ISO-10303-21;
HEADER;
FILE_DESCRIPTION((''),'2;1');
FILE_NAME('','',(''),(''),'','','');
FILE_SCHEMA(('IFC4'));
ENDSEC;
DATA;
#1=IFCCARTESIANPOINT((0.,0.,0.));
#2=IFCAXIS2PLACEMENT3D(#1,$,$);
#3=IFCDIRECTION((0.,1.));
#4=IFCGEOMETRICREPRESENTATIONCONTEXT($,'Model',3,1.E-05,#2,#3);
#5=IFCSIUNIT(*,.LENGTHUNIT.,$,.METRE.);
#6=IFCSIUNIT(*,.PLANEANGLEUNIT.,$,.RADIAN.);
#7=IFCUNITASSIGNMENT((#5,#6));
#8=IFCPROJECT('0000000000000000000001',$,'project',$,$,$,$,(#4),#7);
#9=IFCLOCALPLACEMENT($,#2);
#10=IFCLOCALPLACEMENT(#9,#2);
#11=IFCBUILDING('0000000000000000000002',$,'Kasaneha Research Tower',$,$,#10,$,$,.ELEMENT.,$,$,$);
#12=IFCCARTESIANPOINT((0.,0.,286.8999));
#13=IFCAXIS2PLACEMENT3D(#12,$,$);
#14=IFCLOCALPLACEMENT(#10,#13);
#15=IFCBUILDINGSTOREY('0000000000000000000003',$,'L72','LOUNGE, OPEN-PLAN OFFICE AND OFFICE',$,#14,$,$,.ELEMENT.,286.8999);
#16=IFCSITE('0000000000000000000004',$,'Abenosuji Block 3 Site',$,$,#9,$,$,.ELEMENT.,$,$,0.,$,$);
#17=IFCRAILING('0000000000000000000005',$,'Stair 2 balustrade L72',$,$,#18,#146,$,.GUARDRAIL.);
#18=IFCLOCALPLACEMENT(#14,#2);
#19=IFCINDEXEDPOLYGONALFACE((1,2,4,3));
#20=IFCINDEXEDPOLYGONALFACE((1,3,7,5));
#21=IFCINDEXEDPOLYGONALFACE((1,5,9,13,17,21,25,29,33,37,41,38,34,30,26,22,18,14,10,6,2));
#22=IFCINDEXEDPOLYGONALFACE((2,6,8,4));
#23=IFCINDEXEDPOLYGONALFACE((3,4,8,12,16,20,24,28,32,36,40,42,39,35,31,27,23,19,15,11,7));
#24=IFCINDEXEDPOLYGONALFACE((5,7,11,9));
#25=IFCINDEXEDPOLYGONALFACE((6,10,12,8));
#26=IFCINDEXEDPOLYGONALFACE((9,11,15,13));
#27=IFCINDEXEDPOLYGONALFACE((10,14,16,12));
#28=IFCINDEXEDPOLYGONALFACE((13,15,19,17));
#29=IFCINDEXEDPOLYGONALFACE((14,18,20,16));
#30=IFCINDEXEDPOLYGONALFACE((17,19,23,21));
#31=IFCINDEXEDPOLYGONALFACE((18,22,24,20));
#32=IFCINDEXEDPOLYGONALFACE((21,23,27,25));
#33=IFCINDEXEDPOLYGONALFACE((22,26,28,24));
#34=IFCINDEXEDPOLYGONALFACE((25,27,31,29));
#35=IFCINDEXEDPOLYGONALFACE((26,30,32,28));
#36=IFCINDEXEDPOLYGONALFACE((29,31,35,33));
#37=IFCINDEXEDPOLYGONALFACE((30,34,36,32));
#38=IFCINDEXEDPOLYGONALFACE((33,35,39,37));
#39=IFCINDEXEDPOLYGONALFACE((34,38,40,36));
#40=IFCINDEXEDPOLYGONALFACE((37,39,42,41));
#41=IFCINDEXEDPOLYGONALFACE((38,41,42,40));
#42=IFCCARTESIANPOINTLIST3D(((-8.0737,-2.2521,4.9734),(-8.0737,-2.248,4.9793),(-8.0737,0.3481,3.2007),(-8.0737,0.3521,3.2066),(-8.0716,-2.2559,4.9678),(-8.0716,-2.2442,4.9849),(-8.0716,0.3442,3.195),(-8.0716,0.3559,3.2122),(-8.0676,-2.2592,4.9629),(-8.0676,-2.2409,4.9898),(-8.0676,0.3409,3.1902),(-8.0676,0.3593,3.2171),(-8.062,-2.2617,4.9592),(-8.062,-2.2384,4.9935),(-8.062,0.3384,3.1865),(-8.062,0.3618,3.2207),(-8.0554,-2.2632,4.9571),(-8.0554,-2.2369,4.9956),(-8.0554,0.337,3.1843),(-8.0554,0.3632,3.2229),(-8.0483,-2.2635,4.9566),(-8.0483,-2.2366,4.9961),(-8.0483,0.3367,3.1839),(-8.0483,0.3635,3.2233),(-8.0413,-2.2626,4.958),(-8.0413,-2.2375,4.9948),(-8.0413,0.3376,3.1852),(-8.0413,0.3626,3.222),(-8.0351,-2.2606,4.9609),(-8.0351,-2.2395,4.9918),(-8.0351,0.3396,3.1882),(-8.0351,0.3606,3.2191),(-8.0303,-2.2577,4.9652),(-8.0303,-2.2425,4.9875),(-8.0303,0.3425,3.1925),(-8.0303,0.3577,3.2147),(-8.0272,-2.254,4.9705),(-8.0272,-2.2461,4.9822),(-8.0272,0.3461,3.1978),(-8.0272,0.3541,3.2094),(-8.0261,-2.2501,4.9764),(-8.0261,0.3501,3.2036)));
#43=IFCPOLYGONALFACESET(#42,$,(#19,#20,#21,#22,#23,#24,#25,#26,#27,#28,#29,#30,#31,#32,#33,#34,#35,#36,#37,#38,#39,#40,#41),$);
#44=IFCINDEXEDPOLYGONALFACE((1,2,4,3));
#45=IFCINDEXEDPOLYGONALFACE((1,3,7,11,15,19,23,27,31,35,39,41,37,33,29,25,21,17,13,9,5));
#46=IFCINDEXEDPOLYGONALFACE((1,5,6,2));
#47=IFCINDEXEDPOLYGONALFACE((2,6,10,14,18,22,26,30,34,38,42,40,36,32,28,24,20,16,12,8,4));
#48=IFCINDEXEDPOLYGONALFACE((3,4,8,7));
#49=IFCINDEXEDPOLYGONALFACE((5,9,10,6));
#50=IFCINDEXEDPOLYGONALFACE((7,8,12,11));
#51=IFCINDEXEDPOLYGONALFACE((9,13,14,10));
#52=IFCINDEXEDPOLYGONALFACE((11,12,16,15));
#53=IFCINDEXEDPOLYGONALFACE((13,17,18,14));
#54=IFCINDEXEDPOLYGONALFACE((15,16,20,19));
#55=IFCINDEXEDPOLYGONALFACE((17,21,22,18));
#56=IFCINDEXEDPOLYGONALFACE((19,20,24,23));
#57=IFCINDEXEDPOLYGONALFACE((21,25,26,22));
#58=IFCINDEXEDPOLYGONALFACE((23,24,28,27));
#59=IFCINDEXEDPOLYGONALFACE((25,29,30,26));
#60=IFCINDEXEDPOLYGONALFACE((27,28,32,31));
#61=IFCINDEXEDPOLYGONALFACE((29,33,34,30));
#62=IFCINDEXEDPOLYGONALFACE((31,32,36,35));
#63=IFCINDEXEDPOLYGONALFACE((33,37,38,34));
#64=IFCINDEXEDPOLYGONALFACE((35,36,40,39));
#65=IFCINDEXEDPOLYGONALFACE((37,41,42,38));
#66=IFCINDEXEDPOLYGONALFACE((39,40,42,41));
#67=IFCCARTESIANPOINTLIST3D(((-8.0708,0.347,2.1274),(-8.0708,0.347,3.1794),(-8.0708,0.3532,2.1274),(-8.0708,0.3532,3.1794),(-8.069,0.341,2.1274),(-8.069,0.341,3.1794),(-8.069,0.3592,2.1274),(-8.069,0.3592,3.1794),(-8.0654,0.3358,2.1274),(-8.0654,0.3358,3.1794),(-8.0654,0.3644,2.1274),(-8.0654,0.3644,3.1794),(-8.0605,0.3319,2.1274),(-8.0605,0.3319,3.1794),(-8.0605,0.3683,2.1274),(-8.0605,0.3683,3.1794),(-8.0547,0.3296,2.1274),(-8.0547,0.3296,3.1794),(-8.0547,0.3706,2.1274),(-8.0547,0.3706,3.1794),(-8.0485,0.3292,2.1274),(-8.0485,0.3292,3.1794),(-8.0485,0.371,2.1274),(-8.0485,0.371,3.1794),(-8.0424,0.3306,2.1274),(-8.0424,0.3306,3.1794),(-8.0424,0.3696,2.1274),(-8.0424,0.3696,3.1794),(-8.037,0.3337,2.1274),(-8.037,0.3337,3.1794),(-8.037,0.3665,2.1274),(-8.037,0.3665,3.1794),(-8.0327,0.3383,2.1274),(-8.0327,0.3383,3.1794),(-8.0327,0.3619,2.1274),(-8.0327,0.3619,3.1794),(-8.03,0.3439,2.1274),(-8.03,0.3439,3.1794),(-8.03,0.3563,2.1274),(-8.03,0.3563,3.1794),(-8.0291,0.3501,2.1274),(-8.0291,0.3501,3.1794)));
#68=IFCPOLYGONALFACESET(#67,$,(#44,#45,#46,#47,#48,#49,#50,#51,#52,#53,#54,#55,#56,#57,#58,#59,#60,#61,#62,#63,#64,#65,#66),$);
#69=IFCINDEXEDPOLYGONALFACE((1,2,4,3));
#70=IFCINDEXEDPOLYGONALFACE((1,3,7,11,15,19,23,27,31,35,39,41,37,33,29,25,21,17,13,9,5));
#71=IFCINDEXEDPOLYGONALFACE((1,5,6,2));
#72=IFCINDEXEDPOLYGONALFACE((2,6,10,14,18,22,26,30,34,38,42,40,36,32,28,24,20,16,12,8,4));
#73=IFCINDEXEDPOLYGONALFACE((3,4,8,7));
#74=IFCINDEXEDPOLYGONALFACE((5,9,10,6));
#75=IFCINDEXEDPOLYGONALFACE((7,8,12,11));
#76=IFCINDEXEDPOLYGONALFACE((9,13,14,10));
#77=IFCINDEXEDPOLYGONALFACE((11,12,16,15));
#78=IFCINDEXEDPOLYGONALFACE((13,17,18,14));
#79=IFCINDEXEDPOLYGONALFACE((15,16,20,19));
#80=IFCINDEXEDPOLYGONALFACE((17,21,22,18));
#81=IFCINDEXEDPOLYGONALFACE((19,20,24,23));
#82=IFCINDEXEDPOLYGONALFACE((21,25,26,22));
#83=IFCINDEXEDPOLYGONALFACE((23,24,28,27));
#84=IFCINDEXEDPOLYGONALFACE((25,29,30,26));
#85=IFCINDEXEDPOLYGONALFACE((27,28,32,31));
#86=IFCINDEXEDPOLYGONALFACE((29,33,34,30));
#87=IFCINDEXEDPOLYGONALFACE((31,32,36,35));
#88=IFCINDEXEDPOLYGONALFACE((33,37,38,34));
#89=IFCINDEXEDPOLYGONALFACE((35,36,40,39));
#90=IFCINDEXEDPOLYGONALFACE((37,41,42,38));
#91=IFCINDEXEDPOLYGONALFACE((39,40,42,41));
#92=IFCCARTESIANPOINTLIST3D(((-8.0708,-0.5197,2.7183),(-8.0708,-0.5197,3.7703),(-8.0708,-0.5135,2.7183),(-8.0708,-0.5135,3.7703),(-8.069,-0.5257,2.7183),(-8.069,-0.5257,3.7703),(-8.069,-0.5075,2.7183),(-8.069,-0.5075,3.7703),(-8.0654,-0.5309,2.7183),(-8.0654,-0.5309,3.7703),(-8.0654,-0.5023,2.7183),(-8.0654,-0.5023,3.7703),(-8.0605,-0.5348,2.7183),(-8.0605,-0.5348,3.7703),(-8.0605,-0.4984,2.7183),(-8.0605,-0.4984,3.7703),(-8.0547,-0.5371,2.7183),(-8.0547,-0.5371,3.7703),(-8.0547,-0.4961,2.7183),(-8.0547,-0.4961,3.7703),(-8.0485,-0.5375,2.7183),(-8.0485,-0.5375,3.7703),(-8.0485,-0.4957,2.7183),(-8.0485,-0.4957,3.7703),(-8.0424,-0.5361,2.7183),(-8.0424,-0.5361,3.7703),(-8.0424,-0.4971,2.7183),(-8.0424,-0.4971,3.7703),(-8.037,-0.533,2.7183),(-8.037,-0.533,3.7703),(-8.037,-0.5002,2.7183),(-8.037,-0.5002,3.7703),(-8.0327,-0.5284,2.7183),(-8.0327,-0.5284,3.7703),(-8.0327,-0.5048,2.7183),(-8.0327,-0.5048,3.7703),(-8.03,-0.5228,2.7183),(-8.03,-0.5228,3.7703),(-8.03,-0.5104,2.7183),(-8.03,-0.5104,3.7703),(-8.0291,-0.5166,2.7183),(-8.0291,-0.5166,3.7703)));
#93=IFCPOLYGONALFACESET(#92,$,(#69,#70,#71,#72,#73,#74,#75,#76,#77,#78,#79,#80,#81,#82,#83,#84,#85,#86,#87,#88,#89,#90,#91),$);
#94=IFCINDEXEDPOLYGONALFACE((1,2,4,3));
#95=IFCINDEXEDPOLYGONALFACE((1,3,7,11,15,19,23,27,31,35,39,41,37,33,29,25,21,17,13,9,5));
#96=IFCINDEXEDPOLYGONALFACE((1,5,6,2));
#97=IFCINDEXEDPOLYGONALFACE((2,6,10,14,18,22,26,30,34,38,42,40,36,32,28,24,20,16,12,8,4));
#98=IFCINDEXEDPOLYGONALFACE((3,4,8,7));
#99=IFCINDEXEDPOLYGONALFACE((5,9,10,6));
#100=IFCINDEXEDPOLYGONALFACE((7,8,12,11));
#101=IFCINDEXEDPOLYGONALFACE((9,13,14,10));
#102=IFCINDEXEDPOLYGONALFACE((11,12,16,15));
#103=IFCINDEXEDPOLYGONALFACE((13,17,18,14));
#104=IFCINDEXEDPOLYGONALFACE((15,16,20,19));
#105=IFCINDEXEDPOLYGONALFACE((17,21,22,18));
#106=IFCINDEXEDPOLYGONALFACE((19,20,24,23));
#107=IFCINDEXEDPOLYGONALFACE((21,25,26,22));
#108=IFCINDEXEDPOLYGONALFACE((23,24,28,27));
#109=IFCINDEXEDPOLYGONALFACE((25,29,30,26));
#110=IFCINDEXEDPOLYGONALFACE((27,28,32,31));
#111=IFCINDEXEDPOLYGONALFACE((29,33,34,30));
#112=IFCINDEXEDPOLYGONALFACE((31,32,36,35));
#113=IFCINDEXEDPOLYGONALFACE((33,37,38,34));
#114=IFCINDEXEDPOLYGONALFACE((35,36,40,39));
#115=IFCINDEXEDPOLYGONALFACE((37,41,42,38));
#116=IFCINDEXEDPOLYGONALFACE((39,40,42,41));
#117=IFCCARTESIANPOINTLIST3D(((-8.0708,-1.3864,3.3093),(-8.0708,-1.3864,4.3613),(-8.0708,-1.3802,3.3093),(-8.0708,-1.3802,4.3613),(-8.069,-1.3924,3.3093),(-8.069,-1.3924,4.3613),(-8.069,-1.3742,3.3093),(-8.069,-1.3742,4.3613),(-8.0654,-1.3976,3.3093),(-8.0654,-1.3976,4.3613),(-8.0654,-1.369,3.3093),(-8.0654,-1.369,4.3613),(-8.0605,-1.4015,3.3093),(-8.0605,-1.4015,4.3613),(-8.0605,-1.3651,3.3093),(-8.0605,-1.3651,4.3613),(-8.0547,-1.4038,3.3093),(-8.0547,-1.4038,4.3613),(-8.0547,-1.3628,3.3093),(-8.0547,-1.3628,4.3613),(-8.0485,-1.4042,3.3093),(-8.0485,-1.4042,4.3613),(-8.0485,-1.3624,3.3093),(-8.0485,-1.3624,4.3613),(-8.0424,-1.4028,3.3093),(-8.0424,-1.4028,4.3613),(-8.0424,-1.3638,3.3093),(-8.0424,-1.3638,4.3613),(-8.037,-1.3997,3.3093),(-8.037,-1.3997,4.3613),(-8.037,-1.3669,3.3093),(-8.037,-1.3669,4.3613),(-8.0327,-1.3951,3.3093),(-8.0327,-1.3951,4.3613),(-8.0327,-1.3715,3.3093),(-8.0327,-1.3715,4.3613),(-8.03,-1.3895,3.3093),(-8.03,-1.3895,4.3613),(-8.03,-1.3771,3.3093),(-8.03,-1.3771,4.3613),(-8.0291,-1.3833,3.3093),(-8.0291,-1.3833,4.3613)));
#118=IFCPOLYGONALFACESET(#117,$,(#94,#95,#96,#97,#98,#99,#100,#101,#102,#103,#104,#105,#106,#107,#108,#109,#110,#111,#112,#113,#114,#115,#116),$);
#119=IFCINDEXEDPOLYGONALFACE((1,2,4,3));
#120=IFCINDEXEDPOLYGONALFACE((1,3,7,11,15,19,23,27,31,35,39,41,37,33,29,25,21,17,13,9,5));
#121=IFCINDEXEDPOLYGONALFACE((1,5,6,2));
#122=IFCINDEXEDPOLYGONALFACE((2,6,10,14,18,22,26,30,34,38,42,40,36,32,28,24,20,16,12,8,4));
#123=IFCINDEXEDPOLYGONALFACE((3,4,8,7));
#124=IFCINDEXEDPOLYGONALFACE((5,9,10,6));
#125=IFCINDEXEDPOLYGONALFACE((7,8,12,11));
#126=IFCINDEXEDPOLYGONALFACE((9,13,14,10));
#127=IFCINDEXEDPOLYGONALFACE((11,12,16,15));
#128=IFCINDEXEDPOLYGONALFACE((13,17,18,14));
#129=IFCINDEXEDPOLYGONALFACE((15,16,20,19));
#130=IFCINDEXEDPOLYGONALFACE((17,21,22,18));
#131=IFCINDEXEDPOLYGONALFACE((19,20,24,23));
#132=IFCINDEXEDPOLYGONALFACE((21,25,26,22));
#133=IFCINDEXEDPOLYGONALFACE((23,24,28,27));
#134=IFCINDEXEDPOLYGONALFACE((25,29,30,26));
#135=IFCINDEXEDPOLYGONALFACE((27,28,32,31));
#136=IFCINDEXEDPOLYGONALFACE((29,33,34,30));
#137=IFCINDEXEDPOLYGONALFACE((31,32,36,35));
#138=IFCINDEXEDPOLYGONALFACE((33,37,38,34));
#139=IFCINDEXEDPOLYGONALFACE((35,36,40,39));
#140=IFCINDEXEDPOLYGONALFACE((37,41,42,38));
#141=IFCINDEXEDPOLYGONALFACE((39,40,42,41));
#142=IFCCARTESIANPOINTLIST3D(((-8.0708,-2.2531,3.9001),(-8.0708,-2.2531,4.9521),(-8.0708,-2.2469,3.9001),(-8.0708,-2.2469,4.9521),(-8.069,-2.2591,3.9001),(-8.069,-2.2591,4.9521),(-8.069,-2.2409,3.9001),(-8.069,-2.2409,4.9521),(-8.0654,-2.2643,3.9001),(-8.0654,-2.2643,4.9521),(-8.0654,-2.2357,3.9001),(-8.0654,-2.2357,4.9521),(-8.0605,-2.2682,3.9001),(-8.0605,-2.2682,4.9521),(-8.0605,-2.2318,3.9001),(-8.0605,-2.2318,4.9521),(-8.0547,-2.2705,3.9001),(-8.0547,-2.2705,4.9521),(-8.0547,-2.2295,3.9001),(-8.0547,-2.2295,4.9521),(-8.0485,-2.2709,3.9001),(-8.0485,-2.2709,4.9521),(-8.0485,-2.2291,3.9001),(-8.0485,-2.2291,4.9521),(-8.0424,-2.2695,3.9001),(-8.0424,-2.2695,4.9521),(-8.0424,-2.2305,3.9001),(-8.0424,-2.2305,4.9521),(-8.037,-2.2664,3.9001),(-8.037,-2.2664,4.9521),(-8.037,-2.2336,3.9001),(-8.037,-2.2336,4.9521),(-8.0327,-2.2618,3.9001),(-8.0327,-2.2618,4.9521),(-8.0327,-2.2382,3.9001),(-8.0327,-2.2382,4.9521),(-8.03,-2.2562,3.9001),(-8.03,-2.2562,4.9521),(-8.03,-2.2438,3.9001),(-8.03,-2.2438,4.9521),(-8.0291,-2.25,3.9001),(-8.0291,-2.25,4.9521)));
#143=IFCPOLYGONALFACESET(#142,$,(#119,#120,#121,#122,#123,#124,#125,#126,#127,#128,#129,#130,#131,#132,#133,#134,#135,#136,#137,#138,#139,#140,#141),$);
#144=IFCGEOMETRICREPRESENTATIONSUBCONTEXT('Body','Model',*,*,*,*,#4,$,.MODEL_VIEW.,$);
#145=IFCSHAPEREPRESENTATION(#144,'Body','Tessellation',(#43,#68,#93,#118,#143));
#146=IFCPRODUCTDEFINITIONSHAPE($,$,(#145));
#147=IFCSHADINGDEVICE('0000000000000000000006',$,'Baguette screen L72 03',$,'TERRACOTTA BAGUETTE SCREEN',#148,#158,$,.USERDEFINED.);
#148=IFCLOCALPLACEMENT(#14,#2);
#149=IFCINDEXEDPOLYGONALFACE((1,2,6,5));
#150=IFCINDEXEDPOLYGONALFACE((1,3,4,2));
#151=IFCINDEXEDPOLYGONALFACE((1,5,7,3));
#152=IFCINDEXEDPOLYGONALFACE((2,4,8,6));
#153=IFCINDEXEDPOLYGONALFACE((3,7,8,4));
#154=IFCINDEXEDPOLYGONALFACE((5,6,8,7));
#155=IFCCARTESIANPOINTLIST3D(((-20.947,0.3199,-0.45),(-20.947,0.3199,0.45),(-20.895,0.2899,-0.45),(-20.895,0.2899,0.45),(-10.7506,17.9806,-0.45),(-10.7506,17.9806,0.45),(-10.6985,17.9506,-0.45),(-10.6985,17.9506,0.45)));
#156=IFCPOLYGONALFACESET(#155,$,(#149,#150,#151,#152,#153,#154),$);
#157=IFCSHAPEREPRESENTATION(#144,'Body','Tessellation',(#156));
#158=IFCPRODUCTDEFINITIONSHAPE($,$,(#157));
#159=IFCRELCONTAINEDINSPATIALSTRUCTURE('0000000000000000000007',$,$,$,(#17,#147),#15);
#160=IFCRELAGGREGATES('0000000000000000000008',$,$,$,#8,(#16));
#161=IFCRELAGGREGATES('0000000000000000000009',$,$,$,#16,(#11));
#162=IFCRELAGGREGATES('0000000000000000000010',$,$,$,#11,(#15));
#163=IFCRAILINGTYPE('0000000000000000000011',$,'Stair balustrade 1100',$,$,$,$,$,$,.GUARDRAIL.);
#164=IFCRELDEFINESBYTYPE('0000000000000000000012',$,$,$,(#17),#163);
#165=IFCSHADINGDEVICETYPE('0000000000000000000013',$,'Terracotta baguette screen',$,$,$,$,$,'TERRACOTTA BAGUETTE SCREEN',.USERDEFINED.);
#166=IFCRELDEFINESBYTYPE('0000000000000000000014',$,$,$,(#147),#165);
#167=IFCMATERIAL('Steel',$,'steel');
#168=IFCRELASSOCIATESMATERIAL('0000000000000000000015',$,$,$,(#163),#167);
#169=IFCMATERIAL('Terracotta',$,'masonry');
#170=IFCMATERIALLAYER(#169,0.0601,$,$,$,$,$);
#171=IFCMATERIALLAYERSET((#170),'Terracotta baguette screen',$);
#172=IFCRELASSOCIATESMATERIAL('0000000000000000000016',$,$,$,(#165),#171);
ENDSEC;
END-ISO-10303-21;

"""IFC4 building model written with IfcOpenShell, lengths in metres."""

from ifc_helpers import new_model, si_unit, direction, frame, origin, origin_2d, place, context, subcontext, project, spatial, rectangle, circle, extrude, material, layer, layer_set, type_object, element, save


model = new_model("IFC4")

# Units and contexts
model_context = context("Model", 3, precision=1e-05, world=origin(), true_north=direction((0.0, 1.0)))
body_context = subcontext(model_context, "Body", "Model", "MODEL_VIEW")
ifc_project = project(units=[si_unit("LENGTHUNIT", "METRE"), si_unit("PLANEANGLEUNIT", "RADIAN")], contexts=[model_context])

# Site, building, storey
site_placement = place(None, origin())
site = spatial("IfcSite", under=ifc_project, at=site_placement, Name="Abenosuji Block 3 Site", CompositionType="ELEMENT", RefElevation=0.0)
building_placement = place(site_placement, origin())
building = spatial("IfcBuilding", under=site, at=building_placement, Name="Kasaneha Research Tower", CompositionType="ELEMENT")
storey_placement = place(building_placement, frame((0.0, 0.0, 286.8999)))
storey = spatial("IfcBuildingStorey", under=building, at=storey_placement, Name="L72", Description="LOUNGE, OPEN-PLAN OFFICE AND OFFICE", CompositionType="ELEMENT", Elevation=286.8999)

# Railing
ifc_material_1 = material(Name="Steel", Category="steel")
railing_type = type_object("IfcRailingType", Name="Stair balustrade 1100", PredefinedType="GUARDRAIL", material=ifc_material_1)
railing_placement = place(storey_placement, frame((-8.05, 0.3501, 2.1274)))
element("IfcRailing", 1, at=railing_placement, inside=storey, type_object=railing_type, Name="Stair 2 balustrade L72", PredefinedType="GUARDRAIL", context=body_context, shape_type="SweptSolid", body=[
    extrude(circle(Radius=0.0239, at=origin_2d()), frame((0.0, 0.0, 1.0762), z_axis=(0.0, -0.82624, 0.563318), x_axis=(1.0, 0.0, 0.0)), (0.0, 0.0, 1.0), 3.147),
    extrude(circle(Radius=0.021, at=origin_2d()), origin(), (0.0, 0.0, 1.0), 1.052),
    extrude(circle(Radius=0.021, at=origin_2d()), frame((0.0, -0.8667, 0.5908)), (0.0, 0.0, 1.0), 1.052),
    extrude(circle(Radius=0.021, at=origin_2d()), frame((0.0, -1.7334, 1.1819)), (0.0, 0.0, 1.0), 1.052),
    extrude(circle(Radius=0.021, at=origin_2d()), frame((0.0, -2.6001, 1.7727)), (0.0, 0.0, 1.0), 1.052),
])

# Shading device
ifc_material_2 = material(Name="Terracotta", Category="masonry")
ifc_layer_1 = layer(ifc_material_2, 0.0601)
ifc_layer_set_1 = layer_set([ifc_layer_1], Name="Terracotta baguette screen")
shading_device_type = type_object("IfcShadingDeviceType", Name="Terracotta baguette screen", ElementType="TERRACOTTA BAGUETTE SCREEN", PredefinedType="USERDEFINED", material=ifc_layer_set_1)
shading_device_placement = place(storey_placement, frame((-15.8228, 9.1353, -0.45), z_axis=(0.0, 0.0, 1.0), x_axis=(-0.5, -0.866025, 0.0)))
element("IfcShadingDevice", 2, at=shading_device_placement, inside=storey, type_object=shading_device_type, Name="Baguette screen L72 03", ObjectType="TERRACOTTA BAGUETTE SCREEN", PredefinedType="USERDEFINED", context=body_context, shape_type="SweptSolid", body=[
    extrude(rectangle(XDim=20.3928, YDim=0.0601, at=origin_2d()), origin(), (0.0, 0.0, 1.0), 0.8999),
])

save(model, "model.ifc")
